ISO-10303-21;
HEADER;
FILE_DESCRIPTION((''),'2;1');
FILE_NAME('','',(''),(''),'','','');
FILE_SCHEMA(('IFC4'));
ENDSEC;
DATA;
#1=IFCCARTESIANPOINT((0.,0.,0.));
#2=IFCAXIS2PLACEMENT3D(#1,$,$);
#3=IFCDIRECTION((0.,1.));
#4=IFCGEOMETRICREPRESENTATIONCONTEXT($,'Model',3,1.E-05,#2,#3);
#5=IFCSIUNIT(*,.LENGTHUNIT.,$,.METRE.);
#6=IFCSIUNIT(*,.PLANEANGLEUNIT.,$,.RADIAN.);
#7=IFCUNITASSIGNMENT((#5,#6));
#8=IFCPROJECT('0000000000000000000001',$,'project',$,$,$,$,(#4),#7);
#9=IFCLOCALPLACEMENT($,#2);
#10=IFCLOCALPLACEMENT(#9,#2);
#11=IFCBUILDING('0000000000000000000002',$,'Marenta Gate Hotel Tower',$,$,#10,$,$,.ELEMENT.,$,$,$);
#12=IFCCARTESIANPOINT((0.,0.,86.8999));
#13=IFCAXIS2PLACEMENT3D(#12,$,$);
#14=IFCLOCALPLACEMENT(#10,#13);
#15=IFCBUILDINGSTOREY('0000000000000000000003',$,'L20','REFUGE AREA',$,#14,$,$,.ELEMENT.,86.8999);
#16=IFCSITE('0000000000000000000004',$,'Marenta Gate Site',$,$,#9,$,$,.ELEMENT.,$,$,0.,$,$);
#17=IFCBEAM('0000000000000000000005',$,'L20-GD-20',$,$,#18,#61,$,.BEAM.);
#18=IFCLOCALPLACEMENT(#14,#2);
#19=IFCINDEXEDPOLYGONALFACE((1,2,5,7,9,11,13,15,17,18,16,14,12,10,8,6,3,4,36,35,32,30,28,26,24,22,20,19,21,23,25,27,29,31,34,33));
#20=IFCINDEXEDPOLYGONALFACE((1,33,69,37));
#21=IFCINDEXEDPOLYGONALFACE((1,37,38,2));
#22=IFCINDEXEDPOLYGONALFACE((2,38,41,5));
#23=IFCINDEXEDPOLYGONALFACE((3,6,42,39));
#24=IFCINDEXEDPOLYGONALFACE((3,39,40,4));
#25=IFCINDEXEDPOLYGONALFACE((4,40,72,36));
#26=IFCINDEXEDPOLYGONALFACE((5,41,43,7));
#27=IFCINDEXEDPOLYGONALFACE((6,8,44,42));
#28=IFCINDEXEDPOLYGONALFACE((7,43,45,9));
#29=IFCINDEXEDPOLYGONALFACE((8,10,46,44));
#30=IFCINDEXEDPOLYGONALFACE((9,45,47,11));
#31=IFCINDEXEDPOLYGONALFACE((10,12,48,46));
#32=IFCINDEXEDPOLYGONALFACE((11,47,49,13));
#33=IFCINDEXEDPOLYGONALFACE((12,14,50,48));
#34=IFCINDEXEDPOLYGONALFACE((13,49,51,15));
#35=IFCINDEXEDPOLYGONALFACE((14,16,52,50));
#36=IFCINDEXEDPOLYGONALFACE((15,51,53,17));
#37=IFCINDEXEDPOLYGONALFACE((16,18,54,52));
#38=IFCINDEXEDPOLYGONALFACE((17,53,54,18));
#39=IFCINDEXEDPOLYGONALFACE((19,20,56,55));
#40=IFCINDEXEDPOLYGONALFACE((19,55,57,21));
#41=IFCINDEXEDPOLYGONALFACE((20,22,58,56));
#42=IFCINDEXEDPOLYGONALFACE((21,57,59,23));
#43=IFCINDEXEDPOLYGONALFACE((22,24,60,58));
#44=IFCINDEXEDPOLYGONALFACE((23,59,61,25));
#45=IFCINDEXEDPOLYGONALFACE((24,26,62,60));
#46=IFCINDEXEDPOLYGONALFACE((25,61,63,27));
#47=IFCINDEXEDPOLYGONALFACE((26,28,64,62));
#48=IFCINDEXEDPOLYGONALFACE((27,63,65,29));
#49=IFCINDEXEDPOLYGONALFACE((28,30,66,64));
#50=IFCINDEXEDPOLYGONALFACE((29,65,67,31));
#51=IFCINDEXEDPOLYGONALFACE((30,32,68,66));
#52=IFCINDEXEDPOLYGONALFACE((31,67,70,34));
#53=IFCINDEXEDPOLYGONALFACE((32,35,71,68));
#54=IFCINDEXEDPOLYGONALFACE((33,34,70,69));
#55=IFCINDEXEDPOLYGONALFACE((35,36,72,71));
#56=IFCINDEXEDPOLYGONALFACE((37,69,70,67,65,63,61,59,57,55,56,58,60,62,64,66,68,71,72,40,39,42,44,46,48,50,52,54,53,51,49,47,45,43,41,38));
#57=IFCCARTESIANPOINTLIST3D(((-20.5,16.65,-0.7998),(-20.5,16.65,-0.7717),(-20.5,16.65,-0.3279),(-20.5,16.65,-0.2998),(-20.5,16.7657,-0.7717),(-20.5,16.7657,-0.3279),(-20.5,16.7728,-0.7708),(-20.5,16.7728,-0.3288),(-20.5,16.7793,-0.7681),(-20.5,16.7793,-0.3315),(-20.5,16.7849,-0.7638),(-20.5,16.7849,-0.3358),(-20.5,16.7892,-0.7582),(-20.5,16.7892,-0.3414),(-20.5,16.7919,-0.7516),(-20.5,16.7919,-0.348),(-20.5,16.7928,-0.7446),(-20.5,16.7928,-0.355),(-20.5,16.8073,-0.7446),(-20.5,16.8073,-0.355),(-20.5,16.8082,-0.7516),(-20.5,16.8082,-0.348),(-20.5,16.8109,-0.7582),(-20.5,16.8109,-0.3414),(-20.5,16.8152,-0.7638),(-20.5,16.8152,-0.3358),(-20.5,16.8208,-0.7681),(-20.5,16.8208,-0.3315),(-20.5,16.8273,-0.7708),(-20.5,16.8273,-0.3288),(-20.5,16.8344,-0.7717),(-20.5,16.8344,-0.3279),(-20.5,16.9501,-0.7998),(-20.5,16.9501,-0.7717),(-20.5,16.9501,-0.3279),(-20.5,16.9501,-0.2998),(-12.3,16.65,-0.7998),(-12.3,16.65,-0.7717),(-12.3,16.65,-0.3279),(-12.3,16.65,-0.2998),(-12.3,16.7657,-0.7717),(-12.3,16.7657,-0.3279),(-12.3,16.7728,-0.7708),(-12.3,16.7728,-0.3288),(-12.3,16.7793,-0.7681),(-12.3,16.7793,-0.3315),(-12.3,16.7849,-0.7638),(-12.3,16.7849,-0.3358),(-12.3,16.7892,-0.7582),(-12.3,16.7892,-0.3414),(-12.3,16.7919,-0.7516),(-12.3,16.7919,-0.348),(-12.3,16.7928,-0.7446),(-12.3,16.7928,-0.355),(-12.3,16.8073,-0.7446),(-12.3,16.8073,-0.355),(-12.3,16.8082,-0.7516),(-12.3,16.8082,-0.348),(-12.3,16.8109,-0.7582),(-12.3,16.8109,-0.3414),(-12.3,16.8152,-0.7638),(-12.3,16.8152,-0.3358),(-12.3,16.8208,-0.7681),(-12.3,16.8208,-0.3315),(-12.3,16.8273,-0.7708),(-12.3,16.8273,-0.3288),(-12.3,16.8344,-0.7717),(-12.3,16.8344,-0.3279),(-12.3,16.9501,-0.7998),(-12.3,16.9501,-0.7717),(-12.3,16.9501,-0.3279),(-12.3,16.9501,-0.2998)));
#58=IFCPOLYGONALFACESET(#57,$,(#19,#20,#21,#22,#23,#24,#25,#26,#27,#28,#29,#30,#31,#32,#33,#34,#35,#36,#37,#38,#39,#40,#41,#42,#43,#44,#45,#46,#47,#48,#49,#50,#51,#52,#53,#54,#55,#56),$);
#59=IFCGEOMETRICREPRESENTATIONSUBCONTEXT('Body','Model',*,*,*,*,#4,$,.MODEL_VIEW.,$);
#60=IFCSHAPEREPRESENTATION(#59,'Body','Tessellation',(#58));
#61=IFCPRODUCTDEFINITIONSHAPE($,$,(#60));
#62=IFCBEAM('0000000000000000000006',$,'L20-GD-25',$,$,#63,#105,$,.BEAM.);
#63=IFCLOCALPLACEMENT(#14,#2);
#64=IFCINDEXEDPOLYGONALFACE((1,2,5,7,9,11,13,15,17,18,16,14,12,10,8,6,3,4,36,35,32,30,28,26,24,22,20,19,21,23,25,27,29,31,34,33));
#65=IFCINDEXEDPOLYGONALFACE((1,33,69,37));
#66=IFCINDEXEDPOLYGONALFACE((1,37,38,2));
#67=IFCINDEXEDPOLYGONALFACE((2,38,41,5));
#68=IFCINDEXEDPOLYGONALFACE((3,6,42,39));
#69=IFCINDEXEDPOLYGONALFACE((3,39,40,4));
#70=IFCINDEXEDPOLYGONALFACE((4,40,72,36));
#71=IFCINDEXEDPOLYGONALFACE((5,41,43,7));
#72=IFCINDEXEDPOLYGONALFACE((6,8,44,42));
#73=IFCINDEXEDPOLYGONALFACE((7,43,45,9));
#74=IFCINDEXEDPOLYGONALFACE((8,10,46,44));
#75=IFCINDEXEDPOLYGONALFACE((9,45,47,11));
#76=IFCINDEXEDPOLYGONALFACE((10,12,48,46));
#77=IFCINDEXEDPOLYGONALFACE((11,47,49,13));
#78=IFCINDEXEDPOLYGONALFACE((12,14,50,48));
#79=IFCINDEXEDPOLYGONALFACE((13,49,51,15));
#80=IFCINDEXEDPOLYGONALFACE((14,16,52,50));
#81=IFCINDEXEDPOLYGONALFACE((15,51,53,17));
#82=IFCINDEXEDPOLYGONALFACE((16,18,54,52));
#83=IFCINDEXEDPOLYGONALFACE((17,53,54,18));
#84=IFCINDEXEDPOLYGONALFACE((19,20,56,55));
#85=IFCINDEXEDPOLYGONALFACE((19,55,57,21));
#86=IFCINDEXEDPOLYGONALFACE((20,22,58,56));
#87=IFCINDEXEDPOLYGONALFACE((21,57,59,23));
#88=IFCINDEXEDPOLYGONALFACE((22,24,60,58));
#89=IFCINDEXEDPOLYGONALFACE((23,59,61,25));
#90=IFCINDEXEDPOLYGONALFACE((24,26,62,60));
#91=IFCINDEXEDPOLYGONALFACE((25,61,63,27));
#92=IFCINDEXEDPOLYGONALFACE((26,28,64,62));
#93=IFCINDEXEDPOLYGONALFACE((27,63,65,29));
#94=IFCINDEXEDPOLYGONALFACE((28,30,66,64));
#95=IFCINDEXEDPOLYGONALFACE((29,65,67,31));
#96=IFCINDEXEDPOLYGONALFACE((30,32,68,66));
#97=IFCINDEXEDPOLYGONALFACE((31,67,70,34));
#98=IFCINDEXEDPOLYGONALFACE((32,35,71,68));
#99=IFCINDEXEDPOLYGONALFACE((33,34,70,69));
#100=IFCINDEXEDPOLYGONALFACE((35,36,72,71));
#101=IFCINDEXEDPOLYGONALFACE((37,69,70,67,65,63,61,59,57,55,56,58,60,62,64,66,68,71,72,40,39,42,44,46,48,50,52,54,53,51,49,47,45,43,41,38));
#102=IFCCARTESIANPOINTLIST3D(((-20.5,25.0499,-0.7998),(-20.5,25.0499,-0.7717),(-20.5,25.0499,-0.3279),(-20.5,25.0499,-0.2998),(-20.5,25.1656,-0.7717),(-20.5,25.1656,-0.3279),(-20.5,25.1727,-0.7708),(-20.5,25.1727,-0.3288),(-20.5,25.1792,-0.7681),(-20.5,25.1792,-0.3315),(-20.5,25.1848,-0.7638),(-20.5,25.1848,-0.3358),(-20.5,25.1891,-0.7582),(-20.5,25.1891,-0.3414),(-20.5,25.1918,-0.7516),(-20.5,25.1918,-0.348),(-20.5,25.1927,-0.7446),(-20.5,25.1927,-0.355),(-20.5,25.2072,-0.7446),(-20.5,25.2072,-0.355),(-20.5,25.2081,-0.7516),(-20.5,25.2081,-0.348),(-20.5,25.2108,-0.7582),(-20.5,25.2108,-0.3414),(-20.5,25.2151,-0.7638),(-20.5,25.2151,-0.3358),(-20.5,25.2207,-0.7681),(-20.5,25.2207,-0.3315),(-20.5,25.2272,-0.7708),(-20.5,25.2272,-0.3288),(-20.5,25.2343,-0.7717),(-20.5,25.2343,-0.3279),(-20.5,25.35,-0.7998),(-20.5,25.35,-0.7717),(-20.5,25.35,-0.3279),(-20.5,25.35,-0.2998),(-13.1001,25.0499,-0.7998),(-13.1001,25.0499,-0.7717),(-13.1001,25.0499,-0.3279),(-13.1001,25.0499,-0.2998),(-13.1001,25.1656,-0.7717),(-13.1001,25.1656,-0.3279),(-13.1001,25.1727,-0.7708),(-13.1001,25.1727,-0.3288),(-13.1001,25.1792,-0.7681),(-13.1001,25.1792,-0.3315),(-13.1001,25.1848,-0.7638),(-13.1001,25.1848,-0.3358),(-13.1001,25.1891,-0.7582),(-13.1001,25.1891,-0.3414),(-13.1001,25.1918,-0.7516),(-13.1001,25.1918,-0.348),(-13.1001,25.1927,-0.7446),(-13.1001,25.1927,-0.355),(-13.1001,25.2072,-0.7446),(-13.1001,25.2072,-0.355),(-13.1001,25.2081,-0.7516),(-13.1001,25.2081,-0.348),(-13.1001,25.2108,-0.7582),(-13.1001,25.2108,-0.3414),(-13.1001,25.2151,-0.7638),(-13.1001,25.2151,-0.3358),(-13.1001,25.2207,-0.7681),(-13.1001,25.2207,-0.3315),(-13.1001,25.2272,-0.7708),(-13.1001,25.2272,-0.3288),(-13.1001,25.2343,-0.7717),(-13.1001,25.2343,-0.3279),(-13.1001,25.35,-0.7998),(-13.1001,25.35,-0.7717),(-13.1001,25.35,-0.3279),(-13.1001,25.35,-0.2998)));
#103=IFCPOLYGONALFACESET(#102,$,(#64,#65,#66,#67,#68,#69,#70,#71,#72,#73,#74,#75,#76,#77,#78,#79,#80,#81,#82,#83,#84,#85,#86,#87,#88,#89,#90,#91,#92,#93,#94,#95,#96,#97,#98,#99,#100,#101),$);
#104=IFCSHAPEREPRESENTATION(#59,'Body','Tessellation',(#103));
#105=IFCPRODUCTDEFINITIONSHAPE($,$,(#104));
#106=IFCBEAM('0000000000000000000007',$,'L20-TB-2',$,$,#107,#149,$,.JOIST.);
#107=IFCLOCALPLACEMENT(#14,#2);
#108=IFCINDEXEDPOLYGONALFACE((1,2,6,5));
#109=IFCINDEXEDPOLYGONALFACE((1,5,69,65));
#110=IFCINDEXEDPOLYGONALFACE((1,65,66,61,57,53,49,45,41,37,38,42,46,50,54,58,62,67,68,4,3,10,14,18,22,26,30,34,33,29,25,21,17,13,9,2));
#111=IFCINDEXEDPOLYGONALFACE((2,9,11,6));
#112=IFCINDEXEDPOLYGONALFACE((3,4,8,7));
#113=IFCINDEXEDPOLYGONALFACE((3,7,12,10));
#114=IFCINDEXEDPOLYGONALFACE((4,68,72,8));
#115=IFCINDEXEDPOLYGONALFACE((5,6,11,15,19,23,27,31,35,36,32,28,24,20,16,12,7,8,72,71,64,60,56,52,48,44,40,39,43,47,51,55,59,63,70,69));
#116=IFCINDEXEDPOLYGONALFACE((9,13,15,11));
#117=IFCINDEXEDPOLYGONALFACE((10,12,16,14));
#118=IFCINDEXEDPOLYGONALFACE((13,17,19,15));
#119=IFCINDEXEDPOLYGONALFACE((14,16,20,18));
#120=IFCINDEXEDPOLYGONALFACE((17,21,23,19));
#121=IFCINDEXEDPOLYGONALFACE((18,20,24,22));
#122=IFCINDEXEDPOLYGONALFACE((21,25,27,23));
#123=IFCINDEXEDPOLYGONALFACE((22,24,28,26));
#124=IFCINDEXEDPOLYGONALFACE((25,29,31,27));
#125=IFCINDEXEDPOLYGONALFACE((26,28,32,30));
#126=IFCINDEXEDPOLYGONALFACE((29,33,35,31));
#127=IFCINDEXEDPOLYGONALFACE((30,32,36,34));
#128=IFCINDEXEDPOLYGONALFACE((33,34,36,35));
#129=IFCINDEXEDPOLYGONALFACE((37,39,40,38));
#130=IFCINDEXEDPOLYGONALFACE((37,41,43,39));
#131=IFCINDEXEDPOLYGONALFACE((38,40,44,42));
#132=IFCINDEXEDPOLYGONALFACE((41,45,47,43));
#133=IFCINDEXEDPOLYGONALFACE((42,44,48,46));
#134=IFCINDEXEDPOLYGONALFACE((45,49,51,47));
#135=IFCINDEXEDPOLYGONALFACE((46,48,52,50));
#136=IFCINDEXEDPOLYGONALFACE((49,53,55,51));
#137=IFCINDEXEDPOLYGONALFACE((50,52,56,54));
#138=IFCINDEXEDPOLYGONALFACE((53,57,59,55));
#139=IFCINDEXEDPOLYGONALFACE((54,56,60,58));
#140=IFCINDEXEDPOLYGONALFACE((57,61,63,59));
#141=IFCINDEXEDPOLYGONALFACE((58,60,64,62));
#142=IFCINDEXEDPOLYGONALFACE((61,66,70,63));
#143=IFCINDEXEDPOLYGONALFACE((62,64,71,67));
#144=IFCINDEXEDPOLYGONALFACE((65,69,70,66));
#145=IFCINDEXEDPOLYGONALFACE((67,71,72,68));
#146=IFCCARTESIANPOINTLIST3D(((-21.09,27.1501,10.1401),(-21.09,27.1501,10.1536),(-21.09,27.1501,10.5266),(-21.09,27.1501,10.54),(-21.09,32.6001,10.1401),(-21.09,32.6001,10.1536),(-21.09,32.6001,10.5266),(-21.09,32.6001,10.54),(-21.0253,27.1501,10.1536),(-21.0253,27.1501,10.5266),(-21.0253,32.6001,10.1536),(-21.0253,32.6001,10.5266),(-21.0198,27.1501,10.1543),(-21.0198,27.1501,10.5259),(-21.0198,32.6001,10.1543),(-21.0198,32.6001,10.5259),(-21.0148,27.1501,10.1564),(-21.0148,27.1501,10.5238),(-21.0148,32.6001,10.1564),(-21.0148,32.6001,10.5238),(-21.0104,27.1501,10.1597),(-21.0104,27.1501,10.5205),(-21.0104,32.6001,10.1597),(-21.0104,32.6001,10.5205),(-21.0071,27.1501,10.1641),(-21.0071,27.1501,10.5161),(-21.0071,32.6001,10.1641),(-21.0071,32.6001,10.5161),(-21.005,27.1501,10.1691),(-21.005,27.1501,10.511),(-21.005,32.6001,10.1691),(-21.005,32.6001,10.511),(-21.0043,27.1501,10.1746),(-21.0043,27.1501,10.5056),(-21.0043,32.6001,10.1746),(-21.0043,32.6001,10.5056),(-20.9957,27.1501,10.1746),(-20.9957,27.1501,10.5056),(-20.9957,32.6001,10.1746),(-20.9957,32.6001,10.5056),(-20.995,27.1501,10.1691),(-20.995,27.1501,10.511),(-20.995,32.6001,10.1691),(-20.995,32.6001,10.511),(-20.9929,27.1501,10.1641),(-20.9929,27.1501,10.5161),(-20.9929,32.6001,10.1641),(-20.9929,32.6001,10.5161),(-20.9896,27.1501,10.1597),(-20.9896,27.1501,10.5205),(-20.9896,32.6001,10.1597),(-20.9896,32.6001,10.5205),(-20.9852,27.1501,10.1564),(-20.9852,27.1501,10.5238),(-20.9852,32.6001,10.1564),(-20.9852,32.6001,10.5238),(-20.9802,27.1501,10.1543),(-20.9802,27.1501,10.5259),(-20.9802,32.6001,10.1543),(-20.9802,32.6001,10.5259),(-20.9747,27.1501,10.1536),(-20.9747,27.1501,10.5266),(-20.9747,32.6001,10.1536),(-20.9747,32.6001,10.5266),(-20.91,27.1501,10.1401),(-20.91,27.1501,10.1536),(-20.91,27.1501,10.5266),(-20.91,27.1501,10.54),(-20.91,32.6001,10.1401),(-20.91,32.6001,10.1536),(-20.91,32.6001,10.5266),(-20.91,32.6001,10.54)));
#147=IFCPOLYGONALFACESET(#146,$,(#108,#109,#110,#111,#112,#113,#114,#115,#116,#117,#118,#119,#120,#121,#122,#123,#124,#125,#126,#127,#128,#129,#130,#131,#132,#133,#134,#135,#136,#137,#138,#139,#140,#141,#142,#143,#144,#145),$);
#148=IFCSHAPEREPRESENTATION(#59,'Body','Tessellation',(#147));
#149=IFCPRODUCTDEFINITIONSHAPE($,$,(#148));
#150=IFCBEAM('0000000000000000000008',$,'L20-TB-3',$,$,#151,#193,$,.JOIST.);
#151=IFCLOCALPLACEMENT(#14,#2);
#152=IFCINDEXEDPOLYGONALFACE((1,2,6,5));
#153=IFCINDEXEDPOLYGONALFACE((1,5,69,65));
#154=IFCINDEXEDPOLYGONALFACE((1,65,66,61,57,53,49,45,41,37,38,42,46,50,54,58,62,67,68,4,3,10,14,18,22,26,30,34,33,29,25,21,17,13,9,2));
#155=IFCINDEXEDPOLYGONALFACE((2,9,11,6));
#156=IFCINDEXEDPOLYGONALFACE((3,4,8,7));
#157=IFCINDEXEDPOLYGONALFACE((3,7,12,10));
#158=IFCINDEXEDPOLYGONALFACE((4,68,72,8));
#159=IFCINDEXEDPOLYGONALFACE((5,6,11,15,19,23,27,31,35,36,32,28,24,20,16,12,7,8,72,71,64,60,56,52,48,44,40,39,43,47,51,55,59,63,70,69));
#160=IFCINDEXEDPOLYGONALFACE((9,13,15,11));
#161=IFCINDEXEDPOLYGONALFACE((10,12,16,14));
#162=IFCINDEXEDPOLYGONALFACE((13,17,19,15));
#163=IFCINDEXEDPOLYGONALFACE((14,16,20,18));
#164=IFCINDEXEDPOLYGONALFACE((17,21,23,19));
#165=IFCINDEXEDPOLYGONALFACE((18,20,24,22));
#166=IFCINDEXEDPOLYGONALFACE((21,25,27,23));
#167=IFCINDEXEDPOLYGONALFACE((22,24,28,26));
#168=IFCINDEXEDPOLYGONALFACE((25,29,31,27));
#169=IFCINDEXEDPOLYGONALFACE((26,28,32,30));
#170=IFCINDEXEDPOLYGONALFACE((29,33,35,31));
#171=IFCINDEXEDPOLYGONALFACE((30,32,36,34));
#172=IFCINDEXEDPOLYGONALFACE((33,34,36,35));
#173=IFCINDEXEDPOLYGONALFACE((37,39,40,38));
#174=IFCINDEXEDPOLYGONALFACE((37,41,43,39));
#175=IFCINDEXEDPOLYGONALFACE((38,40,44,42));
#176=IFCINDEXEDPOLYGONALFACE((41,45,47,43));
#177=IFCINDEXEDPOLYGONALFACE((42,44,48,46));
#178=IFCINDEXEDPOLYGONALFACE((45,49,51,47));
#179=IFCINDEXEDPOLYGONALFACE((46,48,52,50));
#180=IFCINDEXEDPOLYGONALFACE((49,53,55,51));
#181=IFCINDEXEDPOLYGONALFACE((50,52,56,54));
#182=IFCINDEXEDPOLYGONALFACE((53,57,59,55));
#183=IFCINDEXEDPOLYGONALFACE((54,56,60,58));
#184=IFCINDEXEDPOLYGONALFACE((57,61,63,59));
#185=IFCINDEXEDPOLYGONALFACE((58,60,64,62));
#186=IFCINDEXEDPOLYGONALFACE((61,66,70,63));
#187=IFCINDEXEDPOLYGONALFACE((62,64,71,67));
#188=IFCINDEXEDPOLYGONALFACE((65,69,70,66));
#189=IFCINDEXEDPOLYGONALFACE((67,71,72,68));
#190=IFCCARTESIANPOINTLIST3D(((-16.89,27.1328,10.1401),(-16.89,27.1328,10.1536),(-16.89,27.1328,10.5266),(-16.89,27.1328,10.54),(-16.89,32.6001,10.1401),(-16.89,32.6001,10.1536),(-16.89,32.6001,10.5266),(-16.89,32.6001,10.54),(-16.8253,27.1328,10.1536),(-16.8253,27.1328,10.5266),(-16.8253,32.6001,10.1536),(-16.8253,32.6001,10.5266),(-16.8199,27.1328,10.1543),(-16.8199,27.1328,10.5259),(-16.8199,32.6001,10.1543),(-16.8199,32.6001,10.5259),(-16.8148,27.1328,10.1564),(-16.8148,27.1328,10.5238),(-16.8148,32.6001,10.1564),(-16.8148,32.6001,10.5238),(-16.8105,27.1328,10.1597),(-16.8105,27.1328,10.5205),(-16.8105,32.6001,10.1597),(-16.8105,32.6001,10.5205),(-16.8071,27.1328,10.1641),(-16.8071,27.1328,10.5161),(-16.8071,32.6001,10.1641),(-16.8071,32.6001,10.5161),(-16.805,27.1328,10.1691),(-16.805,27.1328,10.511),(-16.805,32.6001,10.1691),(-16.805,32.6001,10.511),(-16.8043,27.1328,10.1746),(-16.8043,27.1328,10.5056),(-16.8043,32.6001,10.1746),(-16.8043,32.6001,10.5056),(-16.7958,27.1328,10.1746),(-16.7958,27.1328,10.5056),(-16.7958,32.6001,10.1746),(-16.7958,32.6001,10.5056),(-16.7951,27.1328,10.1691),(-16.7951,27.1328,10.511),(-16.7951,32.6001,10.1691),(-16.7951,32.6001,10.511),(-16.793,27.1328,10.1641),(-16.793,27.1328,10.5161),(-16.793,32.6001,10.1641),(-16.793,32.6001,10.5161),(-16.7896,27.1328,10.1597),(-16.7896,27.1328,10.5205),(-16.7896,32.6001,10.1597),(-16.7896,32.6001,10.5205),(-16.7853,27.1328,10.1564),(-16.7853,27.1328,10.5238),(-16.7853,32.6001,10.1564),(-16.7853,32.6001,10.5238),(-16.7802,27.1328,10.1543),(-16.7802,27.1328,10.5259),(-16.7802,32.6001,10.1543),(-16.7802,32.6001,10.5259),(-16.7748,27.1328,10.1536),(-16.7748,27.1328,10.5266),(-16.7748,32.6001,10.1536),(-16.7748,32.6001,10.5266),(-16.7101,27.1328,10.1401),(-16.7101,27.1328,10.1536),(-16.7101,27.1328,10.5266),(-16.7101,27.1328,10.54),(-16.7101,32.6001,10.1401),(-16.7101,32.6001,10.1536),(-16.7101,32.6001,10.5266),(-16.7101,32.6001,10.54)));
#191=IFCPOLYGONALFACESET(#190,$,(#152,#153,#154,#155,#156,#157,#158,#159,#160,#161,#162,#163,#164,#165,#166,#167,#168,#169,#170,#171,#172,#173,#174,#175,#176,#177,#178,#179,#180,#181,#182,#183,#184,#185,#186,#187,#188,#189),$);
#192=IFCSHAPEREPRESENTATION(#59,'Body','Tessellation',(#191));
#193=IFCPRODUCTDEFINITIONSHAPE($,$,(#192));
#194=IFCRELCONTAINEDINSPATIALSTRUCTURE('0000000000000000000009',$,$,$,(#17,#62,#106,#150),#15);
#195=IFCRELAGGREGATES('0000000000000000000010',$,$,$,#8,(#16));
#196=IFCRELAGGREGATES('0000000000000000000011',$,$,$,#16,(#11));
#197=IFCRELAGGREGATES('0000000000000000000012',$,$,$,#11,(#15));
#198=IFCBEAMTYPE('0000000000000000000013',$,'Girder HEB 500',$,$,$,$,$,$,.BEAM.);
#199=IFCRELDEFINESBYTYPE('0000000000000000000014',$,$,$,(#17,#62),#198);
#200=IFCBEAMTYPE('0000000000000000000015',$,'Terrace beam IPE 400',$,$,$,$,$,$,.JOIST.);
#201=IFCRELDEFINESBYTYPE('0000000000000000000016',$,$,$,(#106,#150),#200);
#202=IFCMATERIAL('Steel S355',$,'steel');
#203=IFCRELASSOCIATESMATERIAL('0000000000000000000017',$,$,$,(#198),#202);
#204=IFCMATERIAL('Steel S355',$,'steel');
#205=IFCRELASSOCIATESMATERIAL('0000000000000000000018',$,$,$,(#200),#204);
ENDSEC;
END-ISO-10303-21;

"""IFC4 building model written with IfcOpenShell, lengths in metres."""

from ifc_helpers import new_model, si_unit, direction, frame, origin, origin_2d, place, context, subcontext, project, spatial, i_section, extrude, material, material_profile, profile_set, type_object, element, save


model = new_model("IFC4")

# Units and contexts
model_context = context("Model", 3, precision=1e-05, world=origin(), true_north=direction((0.0, 1.0)))
body_context = subcontext(model_context, "Body", "Model", "MODEL_VIEW")
ifc_project = project(units=[si_unit("LENGTHUNIT", "METRE"), si_unit("PLANEANGLEUNIT", "RADIAN")], contexts=[model_context])

# Site, building, storey
site_placement = place(None, origin())
site = spatial("IfcSite", under=ifc_project, at=site_placement, Name="Marenta Gate Site", CompositionType="ELEMENT", RefElevation=0.0)
building_placement = place(site_placement, origin())
building = spatial("IfcBuilding", under=site, at=building_placement, Name="Marenta Gate Hotel Tower", CompositionType="ELEMENT")
storey_placement = place(building_placement, frame((0.0, 0.0, 86.8999)))
storey = spatial("IfcBuildingStorey", under=building, at=storey_placement, Name="L20", Description="REFUGE AREA", CompositionType="ELEMENT", Elevation=86.8999)

# Beams
ifc_material_1 = material(Name="Steel S355", Category="steel")
ifc_material_profile_1 = material_profile(ifc_material_1, i_section(OverallWidth=0.3, OverallDepth=0.5, WebThickness=0.0144, FlangeThickness=0.0281, FilletRadius=0.0271, at=origin_2d()), Name="HEB 500")
ifc_profile_set_1 = profile_set([ifc_material_profile_1], Name="Steel S355")
beam_type_1 = type_object("IfcBeamType", Name="Girder HEB 500", PredefinedType="BEAM", material=ifc_profile_set_1)
beam_1_placement = place(storey_placement, frame((-20.5, 16.8, -0.5498), z_axis=(1.0, 0.0, 0.0), x_axis=(0.0, 1.0, 0.0)))
element("IfcBeam", 1, at=beam_1_placement, inside=storey, type_object=beam_type_1, Name="L20-GD-20", PredefinedType="BEAM", context=body_context, shape_type="SweptSolid", body=[
    extrude(i_section(OverallWidth=0.3, OverallDepth=0.5, WebThickness=0.0144, FlangeThickness=0.0281, FilletRadius=0.0271, at=origin_2d()), origin(), (0.0, 0.0, 1.0), 8.2),
])
beam_2_placement = place(storey_placement, frame((-20.5, 25.2, -0.5498), z_axis=(1.0, 0.0, 0.0), x_axis=(0.0, 1.0, 0.0)))
element("IfcBeam", 2, at=beam_2_placement, inside=storey, type_object=beam_type_1, Name="L20-GD-25", PredefinedType="BEAM", context=body_context, shape_type="SweptSolid", body=[
    extrude(i_section(OverallWidth=0.3, OverallDepth=0.5, WebThickness=0.0144, FlangeThickness=0.0281, FilletRadius=0.0271, at=origin_2d()), origin(), (0.0, 0.0, 1.0), 7.3999),
])
ifc_material_2 = material(Name="Steel S355", Category="steel")
ifc_material_profile_2 = material_profile(ifc_material_2, i_section(OverallWidth=0.1799, OverallDepth=0.3999, WebThickness=0.0085, FlangeThickness=0.0134, FilletRadius=0.021, at=origin_2d()), Name="IPE 400")
ifc_profile_set_2 = profile_set([ifc_material_profile_2], Name="Steel S355")
beam_type_2 = type_object("IfcBeamType", Name="Terrace beam IPE 400", PredefinedType="JOIST", material=ifc_profile_set_2)
beam_3_placement = place(storey_placement, frame((-21.0, 27.1501, 10.3401), z_axis=(0.0, 1.0, 0.0), x_axis=(-1.0, 0.0, 0.0)))
element("IfcBeam", 3, at=beam_3_placement, inside=storey, type_object=beam_type_2, Name="L20-TB-2", PredefinedType="JOIST", context=body_context, shape_type="SweptSolid", body=[
    extrude(i_section(OverallWidth=0.1799, OverallDepth=0.3999, WebThickness=0.0085, FlangeThickness=0.0134, FilletRadius=0.021, at=origin_2d()), origin(), (0.0, 0.0, 1.0), 5.45),
])
beam_4_placement = place(storey_placement, frame((-16.8, 27.1328, 10.3401), z_axis=(0.0, 1.0, 0.0), x_axis=(-1.0, 0.0, 0.0)))
element("IfcBeam", 4, at=beam_4_placement, inside=storey, type_object=beam_type_2, Name="L20-TB-3", PredefinedType="JOIST", context=body_context, shape_type="SweptSolid", body=[
    extrude(i_section(OverallWidth=0.1799, OverallDepth=0.3999, WebThickness=0.0085, FlangeThickness=0.0134, FilletRadius=0.021, at=origin_2d()), origin(), (0.0, 0.0, 1.0), 5.4673),
])

save(model, "model.ifc")
